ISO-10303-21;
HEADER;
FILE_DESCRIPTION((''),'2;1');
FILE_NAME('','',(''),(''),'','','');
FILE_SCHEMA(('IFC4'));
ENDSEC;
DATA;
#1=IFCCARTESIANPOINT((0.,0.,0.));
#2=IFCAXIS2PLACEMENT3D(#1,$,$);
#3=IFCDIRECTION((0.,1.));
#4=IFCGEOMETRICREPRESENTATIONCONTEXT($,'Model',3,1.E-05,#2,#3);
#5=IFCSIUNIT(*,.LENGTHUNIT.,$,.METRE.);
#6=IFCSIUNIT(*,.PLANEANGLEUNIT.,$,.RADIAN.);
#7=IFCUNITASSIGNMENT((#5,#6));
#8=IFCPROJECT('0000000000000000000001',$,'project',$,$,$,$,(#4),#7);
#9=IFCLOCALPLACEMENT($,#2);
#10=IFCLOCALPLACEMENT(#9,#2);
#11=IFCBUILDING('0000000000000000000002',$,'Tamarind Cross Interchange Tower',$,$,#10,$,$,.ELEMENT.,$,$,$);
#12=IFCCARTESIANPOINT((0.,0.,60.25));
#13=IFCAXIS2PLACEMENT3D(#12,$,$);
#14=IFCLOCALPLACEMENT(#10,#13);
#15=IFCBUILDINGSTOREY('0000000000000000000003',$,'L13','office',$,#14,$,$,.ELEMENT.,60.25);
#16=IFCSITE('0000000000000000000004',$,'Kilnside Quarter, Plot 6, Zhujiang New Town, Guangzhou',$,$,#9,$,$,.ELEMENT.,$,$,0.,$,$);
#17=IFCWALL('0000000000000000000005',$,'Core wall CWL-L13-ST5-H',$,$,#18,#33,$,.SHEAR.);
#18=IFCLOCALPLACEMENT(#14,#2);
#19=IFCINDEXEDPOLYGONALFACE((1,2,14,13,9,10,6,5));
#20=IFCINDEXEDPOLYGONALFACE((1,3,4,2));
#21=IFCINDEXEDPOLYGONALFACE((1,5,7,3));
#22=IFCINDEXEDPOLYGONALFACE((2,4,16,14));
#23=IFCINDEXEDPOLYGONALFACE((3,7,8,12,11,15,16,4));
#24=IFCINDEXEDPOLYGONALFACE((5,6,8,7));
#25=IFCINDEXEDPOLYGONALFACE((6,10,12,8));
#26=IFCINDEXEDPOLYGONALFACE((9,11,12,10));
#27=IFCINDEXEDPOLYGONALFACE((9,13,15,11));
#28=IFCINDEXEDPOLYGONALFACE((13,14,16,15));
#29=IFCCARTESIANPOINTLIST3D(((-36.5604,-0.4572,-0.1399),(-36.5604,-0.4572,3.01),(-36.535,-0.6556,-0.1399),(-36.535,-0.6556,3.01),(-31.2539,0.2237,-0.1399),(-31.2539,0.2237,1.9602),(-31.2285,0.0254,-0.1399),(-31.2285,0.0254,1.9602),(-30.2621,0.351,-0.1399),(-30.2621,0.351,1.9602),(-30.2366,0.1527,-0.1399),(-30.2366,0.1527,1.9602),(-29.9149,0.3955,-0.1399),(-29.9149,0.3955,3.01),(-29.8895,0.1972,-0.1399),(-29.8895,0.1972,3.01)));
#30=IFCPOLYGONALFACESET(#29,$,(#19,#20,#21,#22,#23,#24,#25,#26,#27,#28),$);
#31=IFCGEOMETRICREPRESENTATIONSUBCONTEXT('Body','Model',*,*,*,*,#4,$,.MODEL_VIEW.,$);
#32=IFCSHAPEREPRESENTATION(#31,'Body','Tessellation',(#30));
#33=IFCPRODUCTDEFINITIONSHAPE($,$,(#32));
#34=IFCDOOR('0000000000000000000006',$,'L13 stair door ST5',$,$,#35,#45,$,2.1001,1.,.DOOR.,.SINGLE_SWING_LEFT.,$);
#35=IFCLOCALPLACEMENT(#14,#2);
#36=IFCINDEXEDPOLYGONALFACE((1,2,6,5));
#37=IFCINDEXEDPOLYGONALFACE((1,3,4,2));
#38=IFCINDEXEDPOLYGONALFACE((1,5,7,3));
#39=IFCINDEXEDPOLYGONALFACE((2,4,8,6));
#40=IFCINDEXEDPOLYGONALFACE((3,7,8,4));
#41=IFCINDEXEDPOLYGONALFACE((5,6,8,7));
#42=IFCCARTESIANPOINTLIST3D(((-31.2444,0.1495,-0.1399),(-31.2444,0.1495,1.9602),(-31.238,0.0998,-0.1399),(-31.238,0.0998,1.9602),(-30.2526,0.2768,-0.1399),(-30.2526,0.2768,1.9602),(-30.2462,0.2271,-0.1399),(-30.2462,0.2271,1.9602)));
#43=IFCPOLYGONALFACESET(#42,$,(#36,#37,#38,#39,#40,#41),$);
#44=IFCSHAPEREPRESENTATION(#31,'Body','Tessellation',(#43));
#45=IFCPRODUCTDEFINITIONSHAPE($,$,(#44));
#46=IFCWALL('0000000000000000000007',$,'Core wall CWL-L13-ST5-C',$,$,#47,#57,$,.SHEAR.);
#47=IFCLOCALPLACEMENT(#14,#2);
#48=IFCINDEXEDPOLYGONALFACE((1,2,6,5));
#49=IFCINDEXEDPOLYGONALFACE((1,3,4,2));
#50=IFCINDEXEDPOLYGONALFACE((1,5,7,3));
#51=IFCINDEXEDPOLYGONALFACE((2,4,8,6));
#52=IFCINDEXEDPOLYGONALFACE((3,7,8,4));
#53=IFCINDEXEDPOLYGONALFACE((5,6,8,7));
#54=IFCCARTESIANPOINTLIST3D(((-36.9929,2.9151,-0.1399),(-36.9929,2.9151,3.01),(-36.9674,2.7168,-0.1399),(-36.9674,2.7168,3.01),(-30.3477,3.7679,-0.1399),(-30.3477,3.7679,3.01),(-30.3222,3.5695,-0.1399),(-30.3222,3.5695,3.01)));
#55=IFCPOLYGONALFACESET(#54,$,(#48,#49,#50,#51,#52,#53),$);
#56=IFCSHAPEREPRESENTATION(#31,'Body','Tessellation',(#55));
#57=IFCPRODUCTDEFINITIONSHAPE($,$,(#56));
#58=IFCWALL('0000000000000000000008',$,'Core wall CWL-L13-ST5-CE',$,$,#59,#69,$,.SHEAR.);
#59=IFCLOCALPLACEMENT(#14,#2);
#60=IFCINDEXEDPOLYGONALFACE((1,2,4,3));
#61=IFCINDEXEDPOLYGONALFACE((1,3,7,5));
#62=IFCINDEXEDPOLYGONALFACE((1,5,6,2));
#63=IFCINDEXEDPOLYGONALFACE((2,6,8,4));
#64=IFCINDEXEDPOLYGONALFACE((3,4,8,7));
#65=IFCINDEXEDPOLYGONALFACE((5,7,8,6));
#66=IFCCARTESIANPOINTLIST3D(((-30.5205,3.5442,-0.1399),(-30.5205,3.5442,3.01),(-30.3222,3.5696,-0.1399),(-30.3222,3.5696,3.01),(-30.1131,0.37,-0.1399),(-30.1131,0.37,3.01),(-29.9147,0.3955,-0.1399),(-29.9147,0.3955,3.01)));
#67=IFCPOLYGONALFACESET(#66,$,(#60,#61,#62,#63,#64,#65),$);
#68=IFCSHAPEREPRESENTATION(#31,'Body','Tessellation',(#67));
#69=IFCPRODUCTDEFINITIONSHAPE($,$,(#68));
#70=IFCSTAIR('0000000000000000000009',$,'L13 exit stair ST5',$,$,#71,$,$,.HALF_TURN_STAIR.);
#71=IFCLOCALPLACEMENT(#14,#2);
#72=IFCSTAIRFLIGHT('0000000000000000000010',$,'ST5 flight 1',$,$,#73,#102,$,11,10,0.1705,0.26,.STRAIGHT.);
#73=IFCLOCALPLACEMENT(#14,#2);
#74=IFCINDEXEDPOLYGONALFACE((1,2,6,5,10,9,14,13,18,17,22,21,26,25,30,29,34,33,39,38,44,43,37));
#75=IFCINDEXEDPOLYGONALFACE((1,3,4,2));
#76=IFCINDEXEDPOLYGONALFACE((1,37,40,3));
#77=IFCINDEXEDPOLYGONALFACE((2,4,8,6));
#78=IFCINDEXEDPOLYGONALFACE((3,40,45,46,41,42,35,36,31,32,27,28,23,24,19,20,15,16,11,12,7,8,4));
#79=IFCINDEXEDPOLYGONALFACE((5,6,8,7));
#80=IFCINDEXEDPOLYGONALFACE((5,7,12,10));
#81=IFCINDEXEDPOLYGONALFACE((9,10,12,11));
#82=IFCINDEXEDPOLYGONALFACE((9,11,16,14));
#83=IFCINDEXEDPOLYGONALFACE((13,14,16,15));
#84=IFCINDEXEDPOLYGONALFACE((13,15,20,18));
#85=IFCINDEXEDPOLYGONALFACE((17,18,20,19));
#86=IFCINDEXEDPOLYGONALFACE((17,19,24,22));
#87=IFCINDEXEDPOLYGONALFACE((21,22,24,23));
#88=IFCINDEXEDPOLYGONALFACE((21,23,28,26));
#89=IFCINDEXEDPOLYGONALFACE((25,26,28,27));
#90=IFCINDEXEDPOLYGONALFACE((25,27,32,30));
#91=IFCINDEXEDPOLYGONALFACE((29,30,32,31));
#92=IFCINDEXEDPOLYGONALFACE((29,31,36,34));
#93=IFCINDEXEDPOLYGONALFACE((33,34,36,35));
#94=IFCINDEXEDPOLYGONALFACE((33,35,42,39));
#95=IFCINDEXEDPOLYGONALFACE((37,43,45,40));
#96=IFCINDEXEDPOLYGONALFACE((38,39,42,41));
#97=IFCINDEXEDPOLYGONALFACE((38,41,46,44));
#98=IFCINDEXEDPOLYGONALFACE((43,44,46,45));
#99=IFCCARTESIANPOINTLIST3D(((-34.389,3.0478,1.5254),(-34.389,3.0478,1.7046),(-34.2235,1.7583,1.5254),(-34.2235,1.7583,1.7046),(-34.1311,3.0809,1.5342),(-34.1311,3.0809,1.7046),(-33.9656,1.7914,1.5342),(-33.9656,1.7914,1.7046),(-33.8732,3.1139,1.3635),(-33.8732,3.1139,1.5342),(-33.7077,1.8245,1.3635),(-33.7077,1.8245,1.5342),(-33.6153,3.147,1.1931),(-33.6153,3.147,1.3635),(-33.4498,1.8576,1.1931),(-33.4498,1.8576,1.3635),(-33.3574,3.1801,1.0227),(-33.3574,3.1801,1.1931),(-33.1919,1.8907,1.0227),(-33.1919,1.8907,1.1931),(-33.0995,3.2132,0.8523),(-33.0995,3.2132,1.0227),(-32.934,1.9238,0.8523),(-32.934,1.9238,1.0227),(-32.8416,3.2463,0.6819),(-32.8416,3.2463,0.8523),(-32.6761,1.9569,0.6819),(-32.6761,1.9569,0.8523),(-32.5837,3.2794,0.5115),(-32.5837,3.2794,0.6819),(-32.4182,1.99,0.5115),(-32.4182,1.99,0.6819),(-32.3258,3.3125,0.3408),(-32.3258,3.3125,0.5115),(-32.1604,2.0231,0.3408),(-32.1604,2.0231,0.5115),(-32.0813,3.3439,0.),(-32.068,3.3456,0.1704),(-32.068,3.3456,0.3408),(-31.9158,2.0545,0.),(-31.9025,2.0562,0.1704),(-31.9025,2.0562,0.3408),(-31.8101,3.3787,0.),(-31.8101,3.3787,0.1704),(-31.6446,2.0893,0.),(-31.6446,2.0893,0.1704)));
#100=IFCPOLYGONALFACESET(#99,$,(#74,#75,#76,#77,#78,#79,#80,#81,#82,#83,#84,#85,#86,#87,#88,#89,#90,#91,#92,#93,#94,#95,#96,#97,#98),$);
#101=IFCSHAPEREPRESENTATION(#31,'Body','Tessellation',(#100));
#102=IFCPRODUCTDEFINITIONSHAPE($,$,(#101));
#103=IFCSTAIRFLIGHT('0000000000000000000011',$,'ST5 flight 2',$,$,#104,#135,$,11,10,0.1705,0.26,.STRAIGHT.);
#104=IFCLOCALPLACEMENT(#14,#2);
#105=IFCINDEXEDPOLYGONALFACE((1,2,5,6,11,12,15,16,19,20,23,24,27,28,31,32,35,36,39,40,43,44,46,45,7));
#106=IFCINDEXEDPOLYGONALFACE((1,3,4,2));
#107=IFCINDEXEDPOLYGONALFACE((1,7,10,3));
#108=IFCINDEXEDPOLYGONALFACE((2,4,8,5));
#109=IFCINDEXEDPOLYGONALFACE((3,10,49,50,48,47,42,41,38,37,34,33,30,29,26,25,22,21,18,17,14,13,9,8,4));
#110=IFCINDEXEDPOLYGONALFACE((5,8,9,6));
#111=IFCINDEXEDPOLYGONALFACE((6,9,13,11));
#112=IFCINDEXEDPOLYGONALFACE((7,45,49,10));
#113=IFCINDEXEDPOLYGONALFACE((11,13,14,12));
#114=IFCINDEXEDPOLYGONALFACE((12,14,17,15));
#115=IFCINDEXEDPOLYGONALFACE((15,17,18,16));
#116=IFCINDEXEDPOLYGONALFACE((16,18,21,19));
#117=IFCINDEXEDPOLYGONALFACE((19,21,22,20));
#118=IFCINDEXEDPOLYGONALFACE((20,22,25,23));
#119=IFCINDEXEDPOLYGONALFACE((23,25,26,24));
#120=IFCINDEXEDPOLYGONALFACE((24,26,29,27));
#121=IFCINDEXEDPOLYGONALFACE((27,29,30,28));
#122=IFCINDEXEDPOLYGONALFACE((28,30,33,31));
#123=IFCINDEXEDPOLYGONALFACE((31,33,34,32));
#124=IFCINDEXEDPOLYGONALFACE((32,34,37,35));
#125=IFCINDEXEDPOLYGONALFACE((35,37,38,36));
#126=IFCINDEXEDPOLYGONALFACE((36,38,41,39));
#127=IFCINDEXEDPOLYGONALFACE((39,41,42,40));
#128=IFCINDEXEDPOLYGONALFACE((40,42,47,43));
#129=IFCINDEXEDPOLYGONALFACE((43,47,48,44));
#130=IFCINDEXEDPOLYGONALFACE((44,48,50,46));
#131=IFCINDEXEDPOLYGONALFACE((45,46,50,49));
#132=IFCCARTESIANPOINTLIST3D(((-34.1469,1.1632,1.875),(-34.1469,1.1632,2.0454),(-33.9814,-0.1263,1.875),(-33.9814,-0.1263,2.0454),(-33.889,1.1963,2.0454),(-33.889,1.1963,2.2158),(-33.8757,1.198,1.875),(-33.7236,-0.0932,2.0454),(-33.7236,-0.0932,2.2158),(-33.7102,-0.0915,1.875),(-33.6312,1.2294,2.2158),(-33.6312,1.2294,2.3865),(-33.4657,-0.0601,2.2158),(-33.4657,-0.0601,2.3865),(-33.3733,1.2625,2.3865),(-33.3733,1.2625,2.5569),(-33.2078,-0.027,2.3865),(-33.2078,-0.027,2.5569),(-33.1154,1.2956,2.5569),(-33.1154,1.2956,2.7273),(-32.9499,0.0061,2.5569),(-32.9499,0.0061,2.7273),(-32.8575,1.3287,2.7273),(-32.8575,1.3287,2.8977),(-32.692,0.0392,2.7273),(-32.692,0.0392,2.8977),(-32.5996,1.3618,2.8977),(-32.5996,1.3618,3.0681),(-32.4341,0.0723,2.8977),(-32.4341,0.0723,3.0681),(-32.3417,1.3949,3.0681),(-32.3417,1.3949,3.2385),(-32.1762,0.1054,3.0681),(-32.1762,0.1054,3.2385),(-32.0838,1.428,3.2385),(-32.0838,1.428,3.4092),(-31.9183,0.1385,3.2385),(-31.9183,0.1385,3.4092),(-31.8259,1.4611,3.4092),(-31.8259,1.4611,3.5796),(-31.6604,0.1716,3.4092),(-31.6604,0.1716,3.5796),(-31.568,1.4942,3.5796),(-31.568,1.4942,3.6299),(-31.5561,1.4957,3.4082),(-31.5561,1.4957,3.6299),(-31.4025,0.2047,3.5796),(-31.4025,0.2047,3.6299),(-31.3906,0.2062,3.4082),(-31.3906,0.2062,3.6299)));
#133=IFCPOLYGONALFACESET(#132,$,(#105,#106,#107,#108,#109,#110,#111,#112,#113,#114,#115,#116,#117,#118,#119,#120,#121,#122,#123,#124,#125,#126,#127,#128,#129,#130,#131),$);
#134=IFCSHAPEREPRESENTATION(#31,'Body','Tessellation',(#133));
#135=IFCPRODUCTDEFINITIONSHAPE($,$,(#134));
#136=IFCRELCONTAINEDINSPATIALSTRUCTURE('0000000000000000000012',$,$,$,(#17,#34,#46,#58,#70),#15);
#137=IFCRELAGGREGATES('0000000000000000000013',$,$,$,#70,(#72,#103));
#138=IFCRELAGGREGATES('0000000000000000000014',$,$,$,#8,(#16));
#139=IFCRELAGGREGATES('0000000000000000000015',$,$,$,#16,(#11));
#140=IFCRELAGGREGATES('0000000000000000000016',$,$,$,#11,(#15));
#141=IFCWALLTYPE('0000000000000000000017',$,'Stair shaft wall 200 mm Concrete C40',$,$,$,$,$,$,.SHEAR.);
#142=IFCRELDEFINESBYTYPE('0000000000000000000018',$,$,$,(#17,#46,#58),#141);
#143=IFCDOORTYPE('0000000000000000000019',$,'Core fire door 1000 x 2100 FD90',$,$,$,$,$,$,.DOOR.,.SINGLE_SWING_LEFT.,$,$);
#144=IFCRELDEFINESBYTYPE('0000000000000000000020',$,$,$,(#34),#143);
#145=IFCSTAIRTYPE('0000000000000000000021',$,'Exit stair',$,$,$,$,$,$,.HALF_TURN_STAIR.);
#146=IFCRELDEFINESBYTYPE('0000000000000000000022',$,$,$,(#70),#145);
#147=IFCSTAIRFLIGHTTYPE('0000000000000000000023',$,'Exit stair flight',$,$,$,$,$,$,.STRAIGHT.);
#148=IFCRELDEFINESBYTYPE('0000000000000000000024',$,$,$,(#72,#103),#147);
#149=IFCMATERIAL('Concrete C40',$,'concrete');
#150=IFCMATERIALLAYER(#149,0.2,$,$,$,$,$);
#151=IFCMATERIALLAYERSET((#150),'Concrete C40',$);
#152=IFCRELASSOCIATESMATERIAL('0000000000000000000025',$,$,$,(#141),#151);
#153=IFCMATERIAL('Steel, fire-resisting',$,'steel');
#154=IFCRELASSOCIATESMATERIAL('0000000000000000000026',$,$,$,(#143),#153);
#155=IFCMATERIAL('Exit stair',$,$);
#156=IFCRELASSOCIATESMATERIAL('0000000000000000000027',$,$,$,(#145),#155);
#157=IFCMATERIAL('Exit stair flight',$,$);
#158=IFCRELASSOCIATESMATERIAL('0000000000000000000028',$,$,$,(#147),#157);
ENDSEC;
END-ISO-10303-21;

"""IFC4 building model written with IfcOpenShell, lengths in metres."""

from ifc_helpers import new_model, si_unit, direction, frame, frame_2d, origin, place, context, subcontext, project, spatial, polyline, rectangle, outline, extrude, material, layer, layer_set, type_object, element, fill, aggregate, save


model = new_model("IFC4")

# Units and contexts
model_context = context("Model", 3, precision=1e-05, world=origin(), true_north=direction((0.0, 1.0)))
body_context = subcontext(model_context, "Body", "Model", "MODEL_VIEW")
ifc_project = project(units=[si_unit("LENGTHUNIT", "METRE"), si_unit("PLANEANGLEUNIT", "RADIAN")], contexts=[model_context])

# Site, building, storey
site_placement = place(None, origin())
site = spatial("IfcSite", under=ifc_project, at=site_placement, Name="Kilnside Quarter, Plot 6, Zhujiang New Town, Guangzhou", CompositionType="ELEMENT", RefElevation=0.0)
building_placement = place(site_placement, origin())
building = spatial("IfcBuilding", under=site, at=building_placement, Name="Tamarind Cross Interchange Tower", CompositionType="ELEMENT")
storey_placement = place(building_placement, frame((0.0, 0.0, 60.25)))
storey = spatial("IfcBuildingStorey", under=building, at=storey_placement, Name="L13", Description="office", CompositionType="ELEMENT", Elevation=60.25)

# Wall, opening, door
ifc_material_1 = material(Name="Concrete C40", Category="concrete")
ifc_layer_1 = layer(ifc_material_1, 0.2)
ifc_layer_set_1 = layer_set([ifc_layer_1], Name="Concrete C40")
wall_type_1 = type_object("IfcWallType", Name="Stair shaft wall 200 mm Concrete C40", PredefinedType="SHEAR", material=ifc_layer_set_1)
wall_1_placement = place(storey_placement, frame((-29.9021, 0.2964, -0.1399), z_axis=(0.0, 0.0, 1.0), x_axis=(-0.991867, -0.127281, 0.0)))
wall_1 = element("IfcWall", 1, at=wall_1_placement, inside=storey, type_object=wall_type_1, Name="Core wall CWL-L13-ST5-H", PredefinedType="SHEAR", context=body_context, shape_type="SweptSolid", body=[
    extrude(rectangle(XDim=6.7, YDim=0.2, at=frame_2d((3.3501, 0.0))), origin(), (0.0, 0.0, 1.0), 3.1499),
])
opening_1_placement = place(wall_1_placement, frame((0.3501, 0.0, 0.0)))
opening_1 = element("IfcOpeningElement", 2, at=opening_1_placement, cuts=wall_1, PredefinedType="OPENING", context=body_context, shape_type="SweptSolid", body=[
    extrude(rectangle(XDim=1.0, YDim=2.1001, at=frame_2d((0.5, 1.05))), frame((0.0, 0.1099, 0.0), z_axis=(0.0, -1.0, 0.0), x_axis=(1.0, 0.0, 0.0)), (0.0, 0.0, 1.0), 0.22),
])
ifc_material_2 = material(Name="Steel, fire-resisting", Category="steel")
door_type_1 = type_object("IfcDoorType", Name="Core fire door 1000 x 2100 FD90", OperationType="SINGLE_SWING_LEFT", PredefinedType="DOOR", material=ifc_material_2)
door_1_placement = place(opening_1_placement, origin())
door_1 = element("IfcDoor", 3, at=door_1_placement, inside=storey, type_object=door_type_1, Name="L13 stair door ST5", OperationType="SINGLE_SWING_LEFT", OverallHeight=2.1001, OverallWidth=1.0, PredefinedType="DOOR", context=body_context, shape_type="SweptSolid", body=[
    extrude(rectangle(XDim=1.0, YDim=2.1001, at=frame_2d((0.5, 1.05))), frame((0.0, 0.0249, 0.0), z_axis=(0.0, -1.0, 0.0), x_axis=(1.0, 0.0, 0.0)), (0.0, 0.0, 1.0), 0.05),
])
fill(opening_1, door_1)

# Walls
wall_2_placement = place(storey_placement, frame((-30.335, 3.6687, -0.1399), z_axis=(0.0, 0.0, 1.0), x_axis=(-0.991866, -0.127286, 0.0)))
element("IfcWall", 4, at=wall_2_placement, inside=storey, type_object=wall_type_1, Name="Core wall CWL-L13-ST5-C", PredefinedType="SHEAR", context=body_context, shape_type="SweptSolid", body=[
    extrude(rectangle(XDim=6.6997, YDim=0.2, at=frame_2d((3.3499, 0.0))), origin(), (0.0, 0.0, 1.0), 3.1499),
])
wall_3_placement = place(storey_placement, frame((-30.4214, 3.5569, -0.1399), z_axis=(0.0, 0.0, 1.0), x_axis=(0.12733, -0.99186, 0.0)))
element("IfcWall", 5, at=wall_3_placement, inside=storey, type_object=wall_type_1, Name="Core wall CWL-L13-ST5-CE", PredefinedType="SHEAR", context=body_context, shape_type="SweptSolid", body=[
    extrude(rectangle(XDim=3.2002, YDim=0.2, at=frame_2d((1.6001, 0.0))), origin(), (0.0, 0.0, 1.0), 3.1499),
])

# Stair, stair flights
ifc_material_3 = material(Name="Exit stair")
stair_type = type_object("IfcStairType", Name="Exit stair", PredefinedType="HALF_TURN_STAIR", material=ifc_material_3)
stair_placement = place(storey_placement, origin())
stair = element("IfcStair", 6, at=stair_placement, inside=storey, type_object=stair_type, Name="L13 exit stair ST5", PredefinedType="HALF_TURN_STAIR")
ifc_material_4 = material(Name="Exit stair flight")
stair_flight_type = type_object("IfcStairFlightType", Name="Exit stair flight", PredefinedType="STRAIGHT", material=ifc_material_4)
stair_flight_1_placement = place(storey_placement, frame((-31.7273, 2.7339, 0.0), z_axis=(0.0, 0.0, 1.0), x_axis=(-0.991864, -0.1273, 0.0)))
stair_flight_1 = element("IfcStairFlight", 7, at=stair_flight_1_placement, type_object=stair_flight_type, Name="ST5 flight 1", NumberOfRisers=11, NumberOfTreads=10, PredefinedType="STRAIGHT", RiserHeight=0.1705, TreadLength=0.26, context=body_context, shape_type="SweptSolid", body=[
    extrude(outline(polyline([(0.0, 0.0), (0.0, 0.1704), (0.26, 0.1704), (0.26, 0.3408), (0.52, 0.3408), (0.52, 0.5115), (0.78, 0.5115), (0.78, 0.6819), (1.04, 0.6819), (1.04, 0.8523), (1.3, 0.8523), (1.3, 1.0227), (1.5601, 1.0227), (1.5601, 1.1931), (1.8201, 1.1931), (1.8201, 1.3635), (2.0801, 1.3635), (2.0801, 1.5342), (2.3401, 1.5342), (2.3401, 1.7046), (2.6001, 1.7046), (2.6001, 1.875), (2.6001, 1.5254), (0.2734, 0.0), (0.0, 0.0)])), frame((0.0, 0.6499, 0.0), z_axis=(0.0, -1.0, 0.0), x_axis=(1.0, 0.0, 0.0)), (0.0, 0.0, 1.0), 1.3),
])
stair_flight_2_placement = place(storey_placement, frame((-34.0642, 0.5186, 1.875), z_axis=(0.0, 0.0, 1.0), x_axis=(0.991864, 0.1273, 0.0)))
stair_flight_2 = element("IfcStairFlight", 8, at=stair_flight_2_placement, type_object=stair_flight_type, Name="ST5 flight 2", NumberOfRisers=11, NumberOfTreads=10, PredefinedType="STRAIGHT", RiserHeight=0.1705, TreadLength=0.26, context=body_context, shape_type="SweptSolid", body=[
    extrude(outline(polyline([(0.0, 0.0), (0.0, 0.1704), (0.26, 0.1704), (0.26, 0.3408), (0.52, 0.3408), (0.52, 0.5115), (0.78, 0.5115), (0.78, 0.6819), (1.04, 0.6819), (1.04, 0.8523), (1.3, 0.8523), (1.3, 1.0227), (1.5601, 1.0227), (1.5601, 1.1931), (1.8201, 1.1931), (1.8201, 1.3635), (2.0801, 1.3635), (2.0801, 1.5342), (2.3401, 1.5342), (2.3401, 1.7046), (2.6001, 1.7046), (2.6001, 1.7549), (2.6121, 1.7549), (2.6121, 1.5332), (0.2734, 0.0), (0.0, 0.0)])), frame((0.0, 0.6499, 0.0), z_axis=(0.0, -1.0, 0.0), x_axis=(1.0, 0.0, 0.0)), (0.0, 0.0, 1.0), 1.3),
])
aggregate(stair, [stair_flight_1, stair_flight_2])

save(model, "model.ifc")
